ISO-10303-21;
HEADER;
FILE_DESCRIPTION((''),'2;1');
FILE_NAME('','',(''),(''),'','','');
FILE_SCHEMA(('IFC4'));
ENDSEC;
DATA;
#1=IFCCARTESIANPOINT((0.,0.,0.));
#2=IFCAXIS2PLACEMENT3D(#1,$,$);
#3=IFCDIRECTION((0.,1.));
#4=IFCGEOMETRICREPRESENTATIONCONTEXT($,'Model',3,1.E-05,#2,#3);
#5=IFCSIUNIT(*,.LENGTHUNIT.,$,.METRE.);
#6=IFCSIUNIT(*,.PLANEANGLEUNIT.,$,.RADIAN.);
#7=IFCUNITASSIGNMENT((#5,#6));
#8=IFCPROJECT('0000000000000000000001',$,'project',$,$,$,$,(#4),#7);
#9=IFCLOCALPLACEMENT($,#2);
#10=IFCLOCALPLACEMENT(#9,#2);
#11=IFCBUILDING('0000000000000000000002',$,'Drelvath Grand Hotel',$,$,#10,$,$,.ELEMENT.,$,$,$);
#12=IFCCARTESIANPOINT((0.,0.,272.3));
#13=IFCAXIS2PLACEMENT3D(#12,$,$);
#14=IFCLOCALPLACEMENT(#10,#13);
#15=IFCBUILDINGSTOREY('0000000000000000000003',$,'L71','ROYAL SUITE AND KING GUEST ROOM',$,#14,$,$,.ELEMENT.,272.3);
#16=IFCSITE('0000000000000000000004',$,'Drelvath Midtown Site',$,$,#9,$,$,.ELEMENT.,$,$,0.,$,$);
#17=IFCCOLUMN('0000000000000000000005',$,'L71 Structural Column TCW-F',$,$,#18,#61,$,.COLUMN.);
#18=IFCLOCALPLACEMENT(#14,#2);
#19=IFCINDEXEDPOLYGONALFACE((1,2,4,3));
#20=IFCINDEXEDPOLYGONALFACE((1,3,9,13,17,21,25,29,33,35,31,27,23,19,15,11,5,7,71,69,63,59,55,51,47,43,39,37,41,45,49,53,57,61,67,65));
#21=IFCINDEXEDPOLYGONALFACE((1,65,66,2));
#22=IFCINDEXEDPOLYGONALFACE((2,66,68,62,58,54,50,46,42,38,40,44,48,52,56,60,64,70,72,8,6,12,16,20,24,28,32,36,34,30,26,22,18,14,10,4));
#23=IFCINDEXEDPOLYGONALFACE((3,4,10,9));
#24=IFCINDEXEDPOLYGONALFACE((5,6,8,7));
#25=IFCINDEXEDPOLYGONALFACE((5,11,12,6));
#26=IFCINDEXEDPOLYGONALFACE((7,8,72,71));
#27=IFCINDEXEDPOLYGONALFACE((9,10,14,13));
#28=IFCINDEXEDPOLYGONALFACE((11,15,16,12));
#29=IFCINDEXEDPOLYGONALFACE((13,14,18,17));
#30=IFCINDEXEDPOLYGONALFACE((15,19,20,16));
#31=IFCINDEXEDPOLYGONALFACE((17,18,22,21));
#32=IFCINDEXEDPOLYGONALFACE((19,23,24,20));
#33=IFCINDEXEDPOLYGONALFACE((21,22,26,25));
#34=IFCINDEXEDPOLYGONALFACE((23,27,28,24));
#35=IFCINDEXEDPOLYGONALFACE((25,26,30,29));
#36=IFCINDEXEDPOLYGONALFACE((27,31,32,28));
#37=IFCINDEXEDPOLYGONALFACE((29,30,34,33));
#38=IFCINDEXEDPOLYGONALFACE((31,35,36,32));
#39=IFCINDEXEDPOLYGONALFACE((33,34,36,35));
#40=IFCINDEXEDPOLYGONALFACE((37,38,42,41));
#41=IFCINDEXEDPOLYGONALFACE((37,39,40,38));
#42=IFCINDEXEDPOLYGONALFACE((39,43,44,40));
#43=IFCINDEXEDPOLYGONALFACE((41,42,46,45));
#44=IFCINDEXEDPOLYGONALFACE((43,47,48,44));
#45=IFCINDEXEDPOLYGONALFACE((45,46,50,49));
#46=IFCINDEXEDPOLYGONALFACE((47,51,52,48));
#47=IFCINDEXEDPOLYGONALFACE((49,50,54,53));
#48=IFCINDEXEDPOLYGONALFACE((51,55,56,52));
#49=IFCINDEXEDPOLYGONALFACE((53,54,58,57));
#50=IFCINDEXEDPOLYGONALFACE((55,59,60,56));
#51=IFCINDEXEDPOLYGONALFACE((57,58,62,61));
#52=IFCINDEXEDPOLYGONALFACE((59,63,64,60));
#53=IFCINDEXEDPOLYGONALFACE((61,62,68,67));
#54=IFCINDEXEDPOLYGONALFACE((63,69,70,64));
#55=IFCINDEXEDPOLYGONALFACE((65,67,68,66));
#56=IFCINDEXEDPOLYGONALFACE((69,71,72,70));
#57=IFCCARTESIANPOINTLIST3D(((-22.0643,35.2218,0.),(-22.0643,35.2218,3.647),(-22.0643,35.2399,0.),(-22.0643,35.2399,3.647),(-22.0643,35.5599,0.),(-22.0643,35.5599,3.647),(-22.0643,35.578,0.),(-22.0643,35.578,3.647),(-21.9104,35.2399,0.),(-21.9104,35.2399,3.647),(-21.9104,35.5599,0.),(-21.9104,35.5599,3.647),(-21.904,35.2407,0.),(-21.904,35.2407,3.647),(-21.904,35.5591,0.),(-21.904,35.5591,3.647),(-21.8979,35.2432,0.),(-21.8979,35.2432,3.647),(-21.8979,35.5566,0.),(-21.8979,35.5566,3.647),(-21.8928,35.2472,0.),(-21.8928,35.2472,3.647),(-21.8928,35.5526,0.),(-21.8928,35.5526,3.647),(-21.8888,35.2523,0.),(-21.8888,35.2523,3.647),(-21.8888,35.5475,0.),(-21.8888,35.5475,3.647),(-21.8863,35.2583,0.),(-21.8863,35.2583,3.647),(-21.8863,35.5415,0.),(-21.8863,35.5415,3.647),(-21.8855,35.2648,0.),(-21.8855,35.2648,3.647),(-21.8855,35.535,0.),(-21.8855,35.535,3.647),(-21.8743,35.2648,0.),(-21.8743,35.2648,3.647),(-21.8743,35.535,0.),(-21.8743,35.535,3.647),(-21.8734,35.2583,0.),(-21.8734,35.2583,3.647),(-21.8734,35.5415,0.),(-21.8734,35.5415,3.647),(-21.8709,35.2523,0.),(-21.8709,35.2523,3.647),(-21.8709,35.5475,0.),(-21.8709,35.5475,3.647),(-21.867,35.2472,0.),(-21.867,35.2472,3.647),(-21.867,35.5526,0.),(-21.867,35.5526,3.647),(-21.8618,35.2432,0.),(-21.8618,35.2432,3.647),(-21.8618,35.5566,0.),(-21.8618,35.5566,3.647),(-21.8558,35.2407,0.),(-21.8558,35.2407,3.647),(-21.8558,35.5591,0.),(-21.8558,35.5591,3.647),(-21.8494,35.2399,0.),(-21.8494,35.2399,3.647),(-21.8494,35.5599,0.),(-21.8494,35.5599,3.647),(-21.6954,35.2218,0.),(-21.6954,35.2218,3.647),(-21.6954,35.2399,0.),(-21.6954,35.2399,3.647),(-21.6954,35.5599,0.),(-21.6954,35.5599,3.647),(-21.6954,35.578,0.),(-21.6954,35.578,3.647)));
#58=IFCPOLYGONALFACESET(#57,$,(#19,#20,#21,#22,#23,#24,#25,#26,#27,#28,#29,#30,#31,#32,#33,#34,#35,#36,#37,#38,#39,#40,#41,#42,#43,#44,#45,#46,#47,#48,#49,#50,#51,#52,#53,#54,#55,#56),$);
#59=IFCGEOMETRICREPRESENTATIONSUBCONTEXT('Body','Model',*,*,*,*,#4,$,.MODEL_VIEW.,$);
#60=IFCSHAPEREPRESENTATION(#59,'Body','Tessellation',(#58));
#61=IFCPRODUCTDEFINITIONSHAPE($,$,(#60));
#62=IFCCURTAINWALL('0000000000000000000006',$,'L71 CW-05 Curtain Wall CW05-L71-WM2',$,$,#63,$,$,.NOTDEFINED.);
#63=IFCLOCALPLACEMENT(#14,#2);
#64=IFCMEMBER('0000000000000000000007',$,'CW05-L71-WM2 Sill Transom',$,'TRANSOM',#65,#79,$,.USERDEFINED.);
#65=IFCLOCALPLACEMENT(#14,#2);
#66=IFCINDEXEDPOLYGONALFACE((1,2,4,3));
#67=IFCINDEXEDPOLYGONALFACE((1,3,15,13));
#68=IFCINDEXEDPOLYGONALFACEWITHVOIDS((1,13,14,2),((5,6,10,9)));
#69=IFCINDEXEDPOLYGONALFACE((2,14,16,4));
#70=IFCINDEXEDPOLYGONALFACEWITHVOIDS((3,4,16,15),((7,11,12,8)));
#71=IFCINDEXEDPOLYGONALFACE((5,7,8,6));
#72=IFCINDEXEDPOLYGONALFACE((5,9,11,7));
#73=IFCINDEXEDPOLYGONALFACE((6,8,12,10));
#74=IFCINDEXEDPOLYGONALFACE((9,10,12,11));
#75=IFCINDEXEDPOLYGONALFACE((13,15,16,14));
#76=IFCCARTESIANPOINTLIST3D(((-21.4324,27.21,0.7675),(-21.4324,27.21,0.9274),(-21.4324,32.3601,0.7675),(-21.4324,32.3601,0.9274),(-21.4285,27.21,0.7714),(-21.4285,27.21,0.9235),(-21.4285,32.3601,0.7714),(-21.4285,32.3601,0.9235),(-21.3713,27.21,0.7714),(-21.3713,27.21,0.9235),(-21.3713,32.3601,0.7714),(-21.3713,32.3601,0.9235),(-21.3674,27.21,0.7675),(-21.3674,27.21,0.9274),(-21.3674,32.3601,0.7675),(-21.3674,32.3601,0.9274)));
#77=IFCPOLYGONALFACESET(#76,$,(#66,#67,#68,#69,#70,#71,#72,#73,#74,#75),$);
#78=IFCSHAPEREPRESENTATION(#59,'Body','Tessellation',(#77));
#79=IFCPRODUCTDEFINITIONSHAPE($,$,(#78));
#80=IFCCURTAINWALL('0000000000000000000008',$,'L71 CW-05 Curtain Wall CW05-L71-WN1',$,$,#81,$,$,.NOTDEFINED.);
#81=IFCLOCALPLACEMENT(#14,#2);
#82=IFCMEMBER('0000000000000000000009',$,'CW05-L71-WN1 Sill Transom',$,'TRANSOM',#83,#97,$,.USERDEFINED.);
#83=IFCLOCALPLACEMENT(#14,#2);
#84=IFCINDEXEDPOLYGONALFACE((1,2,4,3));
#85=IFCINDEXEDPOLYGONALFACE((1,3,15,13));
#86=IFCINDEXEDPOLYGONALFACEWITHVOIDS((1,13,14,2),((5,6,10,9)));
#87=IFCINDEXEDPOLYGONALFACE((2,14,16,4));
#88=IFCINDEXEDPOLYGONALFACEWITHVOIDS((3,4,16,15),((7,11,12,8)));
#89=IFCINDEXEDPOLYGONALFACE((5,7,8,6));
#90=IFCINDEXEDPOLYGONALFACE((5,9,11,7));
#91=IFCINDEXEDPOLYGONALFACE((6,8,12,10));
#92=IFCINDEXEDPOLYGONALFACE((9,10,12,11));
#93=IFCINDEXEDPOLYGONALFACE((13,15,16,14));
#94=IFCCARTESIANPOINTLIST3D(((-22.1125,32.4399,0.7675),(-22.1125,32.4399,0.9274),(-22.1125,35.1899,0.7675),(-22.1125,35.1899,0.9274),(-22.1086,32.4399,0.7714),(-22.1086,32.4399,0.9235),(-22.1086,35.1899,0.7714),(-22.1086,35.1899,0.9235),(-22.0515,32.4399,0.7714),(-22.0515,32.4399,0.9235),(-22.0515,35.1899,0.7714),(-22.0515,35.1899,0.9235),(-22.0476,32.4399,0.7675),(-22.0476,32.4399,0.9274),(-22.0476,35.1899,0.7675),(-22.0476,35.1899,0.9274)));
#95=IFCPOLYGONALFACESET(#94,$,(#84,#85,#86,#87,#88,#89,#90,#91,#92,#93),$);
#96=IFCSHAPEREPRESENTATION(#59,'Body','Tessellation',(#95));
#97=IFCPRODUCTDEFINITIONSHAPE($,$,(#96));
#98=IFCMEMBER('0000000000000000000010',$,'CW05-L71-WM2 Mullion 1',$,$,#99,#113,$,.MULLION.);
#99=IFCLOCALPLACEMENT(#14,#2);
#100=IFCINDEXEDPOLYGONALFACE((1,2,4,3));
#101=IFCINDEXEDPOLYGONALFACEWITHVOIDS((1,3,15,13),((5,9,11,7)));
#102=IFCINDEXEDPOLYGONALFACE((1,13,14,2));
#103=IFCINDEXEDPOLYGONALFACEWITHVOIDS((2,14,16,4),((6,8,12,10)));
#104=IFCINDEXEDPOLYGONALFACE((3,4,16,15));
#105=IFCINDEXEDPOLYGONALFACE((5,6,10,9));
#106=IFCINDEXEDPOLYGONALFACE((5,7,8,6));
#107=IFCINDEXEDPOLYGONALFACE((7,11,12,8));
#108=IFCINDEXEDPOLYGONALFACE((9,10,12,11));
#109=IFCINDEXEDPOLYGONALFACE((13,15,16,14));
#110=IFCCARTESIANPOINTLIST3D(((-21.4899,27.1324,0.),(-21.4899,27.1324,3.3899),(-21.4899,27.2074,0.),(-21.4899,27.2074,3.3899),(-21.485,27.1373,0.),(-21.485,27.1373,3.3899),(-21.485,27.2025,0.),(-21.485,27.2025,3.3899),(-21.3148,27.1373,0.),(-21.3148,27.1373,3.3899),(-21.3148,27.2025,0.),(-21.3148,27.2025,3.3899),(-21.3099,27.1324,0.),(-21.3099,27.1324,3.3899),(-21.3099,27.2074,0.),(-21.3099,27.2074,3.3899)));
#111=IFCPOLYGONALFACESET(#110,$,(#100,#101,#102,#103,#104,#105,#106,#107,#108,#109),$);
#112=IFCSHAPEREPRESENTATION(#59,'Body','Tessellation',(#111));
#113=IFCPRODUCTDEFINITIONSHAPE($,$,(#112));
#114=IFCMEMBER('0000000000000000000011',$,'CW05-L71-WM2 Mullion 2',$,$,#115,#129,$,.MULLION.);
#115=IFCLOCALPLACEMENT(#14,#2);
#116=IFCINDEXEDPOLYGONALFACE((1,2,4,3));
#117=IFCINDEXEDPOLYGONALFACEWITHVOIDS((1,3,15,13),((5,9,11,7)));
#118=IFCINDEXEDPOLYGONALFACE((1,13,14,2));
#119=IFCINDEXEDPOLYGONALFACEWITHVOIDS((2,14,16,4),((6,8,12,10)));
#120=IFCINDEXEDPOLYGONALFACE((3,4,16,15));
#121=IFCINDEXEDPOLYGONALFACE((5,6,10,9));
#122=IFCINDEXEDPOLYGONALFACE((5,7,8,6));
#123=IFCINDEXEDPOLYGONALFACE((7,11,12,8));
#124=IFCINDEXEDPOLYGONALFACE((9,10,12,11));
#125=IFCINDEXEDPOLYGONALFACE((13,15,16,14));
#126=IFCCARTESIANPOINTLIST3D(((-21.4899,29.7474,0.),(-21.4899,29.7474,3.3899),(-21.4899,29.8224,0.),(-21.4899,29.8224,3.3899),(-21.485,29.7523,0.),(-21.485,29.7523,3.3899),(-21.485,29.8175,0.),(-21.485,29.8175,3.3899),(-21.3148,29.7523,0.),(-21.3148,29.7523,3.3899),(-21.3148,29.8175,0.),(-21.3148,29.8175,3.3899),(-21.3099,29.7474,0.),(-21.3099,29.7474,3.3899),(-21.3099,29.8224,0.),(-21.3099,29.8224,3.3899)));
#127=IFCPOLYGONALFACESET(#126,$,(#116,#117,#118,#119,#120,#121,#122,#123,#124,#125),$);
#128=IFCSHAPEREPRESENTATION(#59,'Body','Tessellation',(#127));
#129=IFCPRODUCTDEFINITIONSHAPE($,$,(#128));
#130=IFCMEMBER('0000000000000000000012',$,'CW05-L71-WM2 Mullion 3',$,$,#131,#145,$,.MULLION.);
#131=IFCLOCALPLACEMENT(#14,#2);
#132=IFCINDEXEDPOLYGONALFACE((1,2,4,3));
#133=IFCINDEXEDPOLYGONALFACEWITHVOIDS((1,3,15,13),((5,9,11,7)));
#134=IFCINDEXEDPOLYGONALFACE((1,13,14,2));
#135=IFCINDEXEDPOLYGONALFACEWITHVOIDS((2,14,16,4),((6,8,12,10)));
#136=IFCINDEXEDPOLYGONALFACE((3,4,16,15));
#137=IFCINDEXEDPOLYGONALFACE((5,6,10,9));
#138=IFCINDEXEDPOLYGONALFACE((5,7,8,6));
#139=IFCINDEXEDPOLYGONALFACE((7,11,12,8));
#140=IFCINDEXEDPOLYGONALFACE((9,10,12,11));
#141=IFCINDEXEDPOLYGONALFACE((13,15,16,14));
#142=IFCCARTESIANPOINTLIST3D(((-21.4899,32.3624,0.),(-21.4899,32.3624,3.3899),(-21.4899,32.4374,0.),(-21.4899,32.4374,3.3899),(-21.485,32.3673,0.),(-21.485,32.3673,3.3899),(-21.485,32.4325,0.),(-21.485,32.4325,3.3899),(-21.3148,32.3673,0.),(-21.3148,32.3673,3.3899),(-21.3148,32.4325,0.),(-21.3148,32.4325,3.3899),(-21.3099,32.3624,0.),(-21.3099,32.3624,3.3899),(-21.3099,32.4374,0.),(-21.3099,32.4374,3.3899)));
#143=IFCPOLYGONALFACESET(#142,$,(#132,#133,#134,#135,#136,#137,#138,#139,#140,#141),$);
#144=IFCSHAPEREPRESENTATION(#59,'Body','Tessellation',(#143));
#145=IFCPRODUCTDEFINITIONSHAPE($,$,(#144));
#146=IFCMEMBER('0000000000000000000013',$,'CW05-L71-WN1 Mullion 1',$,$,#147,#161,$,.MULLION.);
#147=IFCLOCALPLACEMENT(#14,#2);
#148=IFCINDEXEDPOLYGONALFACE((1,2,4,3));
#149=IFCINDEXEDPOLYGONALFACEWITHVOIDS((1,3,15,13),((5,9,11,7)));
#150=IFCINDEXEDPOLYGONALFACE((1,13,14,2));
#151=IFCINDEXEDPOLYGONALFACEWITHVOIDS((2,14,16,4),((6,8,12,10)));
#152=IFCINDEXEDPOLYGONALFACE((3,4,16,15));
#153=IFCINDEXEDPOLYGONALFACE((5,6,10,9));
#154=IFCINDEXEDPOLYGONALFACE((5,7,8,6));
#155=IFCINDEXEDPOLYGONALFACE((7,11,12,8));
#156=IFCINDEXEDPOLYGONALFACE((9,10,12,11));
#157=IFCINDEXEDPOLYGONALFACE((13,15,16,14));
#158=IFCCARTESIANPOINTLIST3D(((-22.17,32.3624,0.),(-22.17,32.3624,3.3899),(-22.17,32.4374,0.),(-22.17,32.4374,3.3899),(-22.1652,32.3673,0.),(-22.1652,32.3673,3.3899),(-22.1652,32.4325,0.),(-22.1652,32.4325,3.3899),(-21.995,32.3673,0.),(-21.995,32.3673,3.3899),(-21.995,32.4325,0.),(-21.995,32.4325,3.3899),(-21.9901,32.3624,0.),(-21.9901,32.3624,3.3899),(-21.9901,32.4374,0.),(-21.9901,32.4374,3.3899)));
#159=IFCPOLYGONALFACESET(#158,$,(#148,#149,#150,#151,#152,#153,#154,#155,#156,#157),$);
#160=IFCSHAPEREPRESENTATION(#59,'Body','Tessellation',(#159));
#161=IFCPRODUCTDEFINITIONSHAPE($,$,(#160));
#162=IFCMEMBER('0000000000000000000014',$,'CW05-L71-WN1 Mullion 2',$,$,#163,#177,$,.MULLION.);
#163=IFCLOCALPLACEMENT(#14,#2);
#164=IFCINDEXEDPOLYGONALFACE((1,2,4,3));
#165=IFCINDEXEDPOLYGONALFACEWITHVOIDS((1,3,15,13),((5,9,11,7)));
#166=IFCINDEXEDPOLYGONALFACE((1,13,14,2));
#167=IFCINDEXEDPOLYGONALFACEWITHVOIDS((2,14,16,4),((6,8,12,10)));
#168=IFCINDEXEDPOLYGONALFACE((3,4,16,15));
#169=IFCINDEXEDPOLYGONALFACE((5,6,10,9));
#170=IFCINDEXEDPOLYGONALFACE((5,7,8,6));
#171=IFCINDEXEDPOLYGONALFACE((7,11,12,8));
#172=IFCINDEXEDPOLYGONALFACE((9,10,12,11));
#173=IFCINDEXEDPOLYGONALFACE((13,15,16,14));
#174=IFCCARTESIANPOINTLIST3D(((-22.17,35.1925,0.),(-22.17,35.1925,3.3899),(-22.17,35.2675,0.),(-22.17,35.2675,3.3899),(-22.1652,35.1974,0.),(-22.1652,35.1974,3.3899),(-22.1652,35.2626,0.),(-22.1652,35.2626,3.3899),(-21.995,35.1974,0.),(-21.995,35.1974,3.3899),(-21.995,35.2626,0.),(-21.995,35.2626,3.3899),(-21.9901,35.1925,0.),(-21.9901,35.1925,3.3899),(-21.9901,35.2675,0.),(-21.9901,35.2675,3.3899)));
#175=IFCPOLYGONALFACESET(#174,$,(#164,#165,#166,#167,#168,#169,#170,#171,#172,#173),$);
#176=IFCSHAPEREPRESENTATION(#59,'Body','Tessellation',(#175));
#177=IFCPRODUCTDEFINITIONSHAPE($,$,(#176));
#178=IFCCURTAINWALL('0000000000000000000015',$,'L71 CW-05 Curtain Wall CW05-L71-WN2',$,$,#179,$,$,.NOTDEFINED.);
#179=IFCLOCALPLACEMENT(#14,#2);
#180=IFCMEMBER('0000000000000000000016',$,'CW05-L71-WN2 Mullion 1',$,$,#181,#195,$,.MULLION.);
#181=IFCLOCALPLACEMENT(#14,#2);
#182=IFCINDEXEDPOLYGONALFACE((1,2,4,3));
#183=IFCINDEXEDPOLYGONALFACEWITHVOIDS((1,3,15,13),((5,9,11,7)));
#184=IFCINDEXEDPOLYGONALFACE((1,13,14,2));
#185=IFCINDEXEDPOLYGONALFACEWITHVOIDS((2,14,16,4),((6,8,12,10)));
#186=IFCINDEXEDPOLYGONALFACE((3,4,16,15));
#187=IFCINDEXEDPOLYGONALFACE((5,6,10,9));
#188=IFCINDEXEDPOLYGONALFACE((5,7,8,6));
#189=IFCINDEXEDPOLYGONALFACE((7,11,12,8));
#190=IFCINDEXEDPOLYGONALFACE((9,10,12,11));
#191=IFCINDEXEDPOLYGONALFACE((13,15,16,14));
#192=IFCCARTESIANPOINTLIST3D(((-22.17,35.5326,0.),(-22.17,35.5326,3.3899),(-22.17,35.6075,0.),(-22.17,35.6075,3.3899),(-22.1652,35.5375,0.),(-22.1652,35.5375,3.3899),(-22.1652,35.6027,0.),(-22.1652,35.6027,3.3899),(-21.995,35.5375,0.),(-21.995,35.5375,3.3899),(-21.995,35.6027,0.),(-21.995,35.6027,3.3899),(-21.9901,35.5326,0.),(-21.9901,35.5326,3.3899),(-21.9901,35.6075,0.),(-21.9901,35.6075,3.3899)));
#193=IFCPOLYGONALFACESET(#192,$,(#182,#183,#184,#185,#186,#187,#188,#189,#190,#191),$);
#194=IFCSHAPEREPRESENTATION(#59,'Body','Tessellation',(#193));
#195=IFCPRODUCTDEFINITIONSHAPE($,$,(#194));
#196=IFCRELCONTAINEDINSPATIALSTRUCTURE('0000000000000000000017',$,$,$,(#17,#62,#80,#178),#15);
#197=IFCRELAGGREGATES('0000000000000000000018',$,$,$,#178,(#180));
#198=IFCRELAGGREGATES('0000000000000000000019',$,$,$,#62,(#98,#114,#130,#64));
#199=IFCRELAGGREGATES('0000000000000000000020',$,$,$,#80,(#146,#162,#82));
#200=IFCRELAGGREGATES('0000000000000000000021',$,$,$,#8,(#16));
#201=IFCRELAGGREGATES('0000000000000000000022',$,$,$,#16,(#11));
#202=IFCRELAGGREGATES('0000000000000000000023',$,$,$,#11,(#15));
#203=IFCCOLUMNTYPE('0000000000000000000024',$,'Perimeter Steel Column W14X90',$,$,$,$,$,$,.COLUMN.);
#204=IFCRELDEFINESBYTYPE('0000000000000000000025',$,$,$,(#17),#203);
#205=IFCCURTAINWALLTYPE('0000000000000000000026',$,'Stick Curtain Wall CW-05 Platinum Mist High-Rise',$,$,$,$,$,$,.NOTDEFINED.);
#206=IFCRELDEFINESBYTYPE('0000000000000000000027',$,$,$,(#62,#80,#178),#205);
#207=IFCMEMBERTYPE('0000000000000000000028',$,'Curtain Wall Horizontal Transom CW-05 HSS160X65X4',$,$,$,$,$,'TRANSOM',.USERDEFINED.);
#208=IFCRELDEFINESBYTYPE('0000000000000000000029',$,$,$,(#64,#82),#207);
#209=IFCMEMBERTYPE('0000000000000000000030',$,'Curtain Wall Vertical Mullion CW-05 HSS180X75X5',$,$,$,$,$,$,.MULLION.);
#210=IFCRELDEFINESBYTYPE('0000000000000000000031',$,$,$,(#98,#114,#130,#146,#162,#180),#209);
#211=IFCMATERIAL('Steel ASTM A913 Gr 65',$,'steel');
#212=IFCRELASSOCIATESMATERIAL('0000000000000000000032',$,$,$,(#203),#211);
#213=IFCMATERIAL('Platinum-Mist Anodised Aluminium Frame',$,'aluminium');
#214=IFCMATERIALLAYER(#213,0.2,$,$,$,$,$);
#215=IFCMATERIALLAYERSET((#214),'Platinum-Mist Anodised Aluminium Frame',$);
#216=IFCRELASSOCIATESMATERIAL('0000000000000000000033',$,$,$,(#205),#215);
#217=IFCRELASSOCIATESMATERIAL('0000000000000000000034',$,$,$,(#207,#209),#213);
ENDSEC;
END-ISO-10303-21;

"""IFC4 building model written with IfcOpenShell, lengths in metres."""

from ifc_helpers import new_model, si_unit, direction, frame, origin, origin_2d, place, context, subcontext, project, spatial, hollow_rectangle, i_section, extrude, material, layer, layer_set, material_profile, profile_set, type_object, element, aggregate, save


model = new_model("IFC4")

# Units and contexts
model_context = context("Model", 3, precision=1e-05, world=origin(), true_north=direction((0.0, 1.0)))
body_context = subcontext(model_context, "Body", "Model", "MODEL_VIEW")
ifc_project = project(units=[si_unit("LENGTHUNIT", "METRE"), si_unit("PLANEANGLEUNIT", "RADIAN")], contexts=[model_context])

# Site, building, storey
site_placement = place(None, origin())
site = spatial("IfcSite", under=ifc_project, at=site_placement, Name="Drelvath Midtown Site", CompositionType="ELEMENT", RefElevation=0.0)
building_placement = place(site_placement, origin())
building = spatial("IfcBuilding", under=site, at=building_placement, Name="Drelvath Grand Hotel", CompositionType="ELEMENT")
storey_placement = place(building_placement, frame((0.0, 0.0, 272.3)))
storey = spatial("IfcBuildingStorey", under=building, at=storey_placement, Name="L71", Description="ROYAL SUITE AND KING GUEST ROOM", CompositionType="ELEMENT", Elevation=272.3)

# Column
ifc_material_1 = material(Name="Steel ASTM A913 Gr 65", Category="steel")
ifc_material_profile_1 = material_profile(ifc_material_1, i_section(OverallWidth=0.3689, OverallDepth=0.3562, WebThickness=0.0112, FlangeThickness=0.0181, FilletRadius=0.0249, at=origin_2d()), Name="W14X90")
ifc_profile_set_1 = profile_set([ifc_material_profile_1], Name="Steel ASTM A913 Gr 65")
column_type = type_object("IfcColumnType", Name="Perimeter Steel Column W14X90", PredefinedType="COLUMN", material=ifc_profile_set_1)
column_placement = place(storey_placement, frame((-21.8799, 35.3999, 0.0), z_axis=(0.0, 0.0, 1.0), x_axis=(1.0, 0.0, 0.0)))
element("IfcColumn", 1, at=column_placement, inside=storey, type_object=column_type, Name="L71 Structural Column TCW-F", PredefinedType="COLUMN", context=body_context, shape_type="SweptSolid", body=[
    extrude(i_section(OverallWidth=0.3689, OverallDepth=0.3562, WebThickness=0.0112, FlangeThickness=0.0181, FilletRadius=0.0249, at=origin_2d()), origin(), (0.0, 0.0, 1.0), 3.647),
])

# Curtain walls, members
ifc_material_2 = material(Name="Platinum-Mist Anodised Aluminium Frame", Category="aluminium")
ifc_layer_1 = layer(ifc_material_2, 0.2)
ifc_layer_set_1 = layer_set([ifc_layer_1], Name="Platinum-Mist Anodised Aluminium Frame")
curtain_wall_type = type_object("IfcCurtainWallType", Name="Stick Curtain Wall CW-05 Platinum Mist High-Rise", PredefinedType="NOTDEFINED", material=ifc_layer_set_1)
curtain_wall_1_placement = place(storey_placement, origin())
curtain_wall_1 = element("IfcCurtainWall", 2, at=curtain_wall_1_placement, inside=storey, type_object=curtain_wall_type, Name="L71 CW-05 Curtain Wall CW05-L71-WM2", PredefinedType="NOTDEFINED")
ifc_material_profile_2 = material_profile(ifc_material_2, hollow_rectangle(XDim=0.0649, YDim=0.1599, WallThickness=0.0039, at=origin_2d()), Name="HSS160X65X4")
ifc_profile_set_2 = profile_set([ifc_material_profile_2], Name="Platinum-Mist Anodised Aluminium Frame")
member_type_1 = type_object("IfcMemberType", Name="Curtain Wall Horizontal Transom CW-05 HSS160X65X4", ElementType="TRANSOM", PredefinedType="USERDEFINED", material=ifc_profile_set_2)
member_1_placement = place(storey_placement, frame((-21.3999, 27.21, 0.8474), z_axis=(0.0, 1.0, 0.0), x_axis=(-1.0, 0.0, 0.0)))
member_1 = element("IfcMember", 3, at=member_1_placement, type_object=member_type_1, Name="CW05-L71-WM2 Sill Transom", ObjectType="TRANSOM", PredefinedType="USERDEFINED", context=body_context, shape_type="SweptSolid", body=[
    extrude(hollow_rectangle(XDim=0.0649, YDim=0.1599, WallThickness=0.0039, at=origin_2d()), origin(), (0.0, 0.0, 1.0), 5.1501),
])
curtain_wall_2_placement = place(storey_placement, origin())
curtain_wall_2 = element("IfcCurtainWall", 4, at=curtain_wall_2_placement, inside=storey, type_object=curtain_wall_type, Name="L71 CW-05 Curtain Wall CW05-L71-WN1", PredefinedType="NOTDEFINED")
member_2_placement = place(storey_placement, frame((-22.0801, 32.4399, 0.8474), z_axis=(0.0, 1.0, 0.0), x_axis=(-1.0, 0.0, 0.0)))
member_2 = element("IfcMember", 5, at=member_2_placement, type_object=member_type_1, Name="CW05-L71-WN1 Sill Transom", ObjectType="TRANSOM", PredefinedType="USERDEFINED", context=body_context, shape_type="SweptSolid", body=[
    extrude(hollow_rectangle(XDim=0.0649, YDim=0.1599, WallThickness=0.0039, at=origin_2d()), origin(), (0.0, 0.0, 1.0), 2.75),
])

# Members
ifc_material_profile_3 = material_profile(ifc_material_2, hollow_rectangle(XDim=0.075, YDim=0.1799, WallThickness=0.0049, at=origin_2d()), Name="HSS180X75X5")
ifc_profile_set_3 = profile_set([ifc_material_profile_3], Name="Platinum-Mist Anodised Aluminium Frame")
member_type_2 = type_object("IfcMemberType", Name="Curtain Wall Vertical Mullion CW-05 HSS180X75X5", PredefinedType="MULLION", material=ifc_profile_set_3)
member_3_placement = place(storey_placement, frame((-21.3999, 27.1699, 0.0), z_axis=(0.0, 0.0, 1.0), x_axis=(0.0, 1.0, 0.0)))
member_3 = element("IfcMember", 6, at=member_3_placement, type_object=member_type_2, Name="CW05-L71-WM2 Mullion 1", PredefinedType="MULLION", context=body_context, shape_type="SweptSolid", body=[
    extrude(hollow_rectangle(XDim=0.075, YDim=0.1799, WallThickness=0.0049, at=origin_2d()), origin(), (0.0, 0.0, 1.0), 3.3899),
])
member_4_placement = place(storey_placement, frame((-21.3999, 29.7849, 0.0), z_axis=(0.0, 0.0, 1.0), x_axis=(0.0, 1.0, 0.0)))
member_4 = element("IfcMember", 7, at=member_4_placement, type_object=member_type_2, Name="CW05-L71-WM2 Mullion 2", PredefinedType="MULLION", context=body_context, shape_type="SweptSolid", body=[
    extrude(hollow_rectangle(XDim=0.075, YDim=0.1799, WallThickness=0.0049, at=origin_2d()), origin(), (0.0, 0.0, 1.0), 3.3899),
])
member_5_placement = place(storey_placement, frame((-21.3999, 32.3999, 0.0), z_axis=(0.0, 0.0, 1.0), x_axis=(0.0, 1.0, 0.0)))
member_5 = element("IfcMember", 8, at=member_5_placement, type_object=member_type_2, Name="CW05-L71-WM2 Mullion 3", PredefinedType="MULLION", context=body_context, shape_type="SweptSolid", body=[
    extrude(hollow_rectangle(XDim=0.075, YDim=0.1799, WallThickness=0.0049, at=origin_2d()), origin(), (0.0, 0.0, 1.0), 3.3899),
])
member_6_placement = place(storey_placement, frame((-22.0801, 32.3999, 0.0), z_axis=(0.0, 0.0, 1.0), x_axis=(0.0, 1.0, 0.0)))
member_6 = element("IfcMember", 9, at=member_6_placement, type_object=member_type_2, Name="CW05-L71-WN1 Mullion 1", PredefinedType="MULLION", context=body_context, shape_type="SweptSolid", body=[
    extrude(hollow_rectangle(XDim=0.075, YDim=0.1799, WallThickness=0.0049, at=origin_2d()), origin(), (0.0, 0.0, 1.0), 3.3899),
])
member_7_placement = place(storey_placement, frame((-22.0801, 35.23, 0.0), z_axis=(0.0, 0.0, 1.0), x_axis=(0.0, 1.0, 0.0)))
member_7 = element("IfcMember", 10, at=member_7_placement, type_object=member_type_2, Name="CW05-L71-WN1 Mullion 2", PredefinedType="MULLION", context=body_context, shape_type="SweptSolid", body=[
    extrude(hollow_rectangle(XDim=0.075, YDim=0.1799, WallThickness=0.0049, at=origin_2d()), origin(), (0.0, 0.0, 1.0), 3.3899),
])

# Curtain wall, member
curtain_wall_3_placement = place(storey_placement, origin())
curtain_wall_3 = element("IfcCurtainWall", 11, at=curtain_wall_3_placement, inside=storey, type_object=curtain_wall_type, Name="L71 CW-05 Curtain Wall CW05-L71-WN2", PredefinedType="NOTDEFINED")
member_8_placement = place(storey_placement, frame((-22.0801, 35.5701, 0.0), z_axis=(0.0, 0.0, 1.0), x_axis=(0.0, 1.0, 0.0)))
member_8 = element("IfcMember", 12, at=member_8_placement, type_object=member_type_2, Name="CW05-L71-WN2 Mullion 1", PredefinedType="MULLION", context=body_context, shape_type="SweptSolid", body=[
    extrude(hollow_rectangle(XDim=0.075, YDim=0.1799, WallThickness=0.0049, at=origin_2d()), origin(), (0.0, 0.0, 1.0), 3.3899),
])
aggregate(curtain_wall_3, [member_8])

aggregate(curtain_wall_1, [member_3, member_4, member_5, member_1])
aggregate(curtain_wall_2, [member_6, member_7, member_2])

save(model, "model.ifc")
